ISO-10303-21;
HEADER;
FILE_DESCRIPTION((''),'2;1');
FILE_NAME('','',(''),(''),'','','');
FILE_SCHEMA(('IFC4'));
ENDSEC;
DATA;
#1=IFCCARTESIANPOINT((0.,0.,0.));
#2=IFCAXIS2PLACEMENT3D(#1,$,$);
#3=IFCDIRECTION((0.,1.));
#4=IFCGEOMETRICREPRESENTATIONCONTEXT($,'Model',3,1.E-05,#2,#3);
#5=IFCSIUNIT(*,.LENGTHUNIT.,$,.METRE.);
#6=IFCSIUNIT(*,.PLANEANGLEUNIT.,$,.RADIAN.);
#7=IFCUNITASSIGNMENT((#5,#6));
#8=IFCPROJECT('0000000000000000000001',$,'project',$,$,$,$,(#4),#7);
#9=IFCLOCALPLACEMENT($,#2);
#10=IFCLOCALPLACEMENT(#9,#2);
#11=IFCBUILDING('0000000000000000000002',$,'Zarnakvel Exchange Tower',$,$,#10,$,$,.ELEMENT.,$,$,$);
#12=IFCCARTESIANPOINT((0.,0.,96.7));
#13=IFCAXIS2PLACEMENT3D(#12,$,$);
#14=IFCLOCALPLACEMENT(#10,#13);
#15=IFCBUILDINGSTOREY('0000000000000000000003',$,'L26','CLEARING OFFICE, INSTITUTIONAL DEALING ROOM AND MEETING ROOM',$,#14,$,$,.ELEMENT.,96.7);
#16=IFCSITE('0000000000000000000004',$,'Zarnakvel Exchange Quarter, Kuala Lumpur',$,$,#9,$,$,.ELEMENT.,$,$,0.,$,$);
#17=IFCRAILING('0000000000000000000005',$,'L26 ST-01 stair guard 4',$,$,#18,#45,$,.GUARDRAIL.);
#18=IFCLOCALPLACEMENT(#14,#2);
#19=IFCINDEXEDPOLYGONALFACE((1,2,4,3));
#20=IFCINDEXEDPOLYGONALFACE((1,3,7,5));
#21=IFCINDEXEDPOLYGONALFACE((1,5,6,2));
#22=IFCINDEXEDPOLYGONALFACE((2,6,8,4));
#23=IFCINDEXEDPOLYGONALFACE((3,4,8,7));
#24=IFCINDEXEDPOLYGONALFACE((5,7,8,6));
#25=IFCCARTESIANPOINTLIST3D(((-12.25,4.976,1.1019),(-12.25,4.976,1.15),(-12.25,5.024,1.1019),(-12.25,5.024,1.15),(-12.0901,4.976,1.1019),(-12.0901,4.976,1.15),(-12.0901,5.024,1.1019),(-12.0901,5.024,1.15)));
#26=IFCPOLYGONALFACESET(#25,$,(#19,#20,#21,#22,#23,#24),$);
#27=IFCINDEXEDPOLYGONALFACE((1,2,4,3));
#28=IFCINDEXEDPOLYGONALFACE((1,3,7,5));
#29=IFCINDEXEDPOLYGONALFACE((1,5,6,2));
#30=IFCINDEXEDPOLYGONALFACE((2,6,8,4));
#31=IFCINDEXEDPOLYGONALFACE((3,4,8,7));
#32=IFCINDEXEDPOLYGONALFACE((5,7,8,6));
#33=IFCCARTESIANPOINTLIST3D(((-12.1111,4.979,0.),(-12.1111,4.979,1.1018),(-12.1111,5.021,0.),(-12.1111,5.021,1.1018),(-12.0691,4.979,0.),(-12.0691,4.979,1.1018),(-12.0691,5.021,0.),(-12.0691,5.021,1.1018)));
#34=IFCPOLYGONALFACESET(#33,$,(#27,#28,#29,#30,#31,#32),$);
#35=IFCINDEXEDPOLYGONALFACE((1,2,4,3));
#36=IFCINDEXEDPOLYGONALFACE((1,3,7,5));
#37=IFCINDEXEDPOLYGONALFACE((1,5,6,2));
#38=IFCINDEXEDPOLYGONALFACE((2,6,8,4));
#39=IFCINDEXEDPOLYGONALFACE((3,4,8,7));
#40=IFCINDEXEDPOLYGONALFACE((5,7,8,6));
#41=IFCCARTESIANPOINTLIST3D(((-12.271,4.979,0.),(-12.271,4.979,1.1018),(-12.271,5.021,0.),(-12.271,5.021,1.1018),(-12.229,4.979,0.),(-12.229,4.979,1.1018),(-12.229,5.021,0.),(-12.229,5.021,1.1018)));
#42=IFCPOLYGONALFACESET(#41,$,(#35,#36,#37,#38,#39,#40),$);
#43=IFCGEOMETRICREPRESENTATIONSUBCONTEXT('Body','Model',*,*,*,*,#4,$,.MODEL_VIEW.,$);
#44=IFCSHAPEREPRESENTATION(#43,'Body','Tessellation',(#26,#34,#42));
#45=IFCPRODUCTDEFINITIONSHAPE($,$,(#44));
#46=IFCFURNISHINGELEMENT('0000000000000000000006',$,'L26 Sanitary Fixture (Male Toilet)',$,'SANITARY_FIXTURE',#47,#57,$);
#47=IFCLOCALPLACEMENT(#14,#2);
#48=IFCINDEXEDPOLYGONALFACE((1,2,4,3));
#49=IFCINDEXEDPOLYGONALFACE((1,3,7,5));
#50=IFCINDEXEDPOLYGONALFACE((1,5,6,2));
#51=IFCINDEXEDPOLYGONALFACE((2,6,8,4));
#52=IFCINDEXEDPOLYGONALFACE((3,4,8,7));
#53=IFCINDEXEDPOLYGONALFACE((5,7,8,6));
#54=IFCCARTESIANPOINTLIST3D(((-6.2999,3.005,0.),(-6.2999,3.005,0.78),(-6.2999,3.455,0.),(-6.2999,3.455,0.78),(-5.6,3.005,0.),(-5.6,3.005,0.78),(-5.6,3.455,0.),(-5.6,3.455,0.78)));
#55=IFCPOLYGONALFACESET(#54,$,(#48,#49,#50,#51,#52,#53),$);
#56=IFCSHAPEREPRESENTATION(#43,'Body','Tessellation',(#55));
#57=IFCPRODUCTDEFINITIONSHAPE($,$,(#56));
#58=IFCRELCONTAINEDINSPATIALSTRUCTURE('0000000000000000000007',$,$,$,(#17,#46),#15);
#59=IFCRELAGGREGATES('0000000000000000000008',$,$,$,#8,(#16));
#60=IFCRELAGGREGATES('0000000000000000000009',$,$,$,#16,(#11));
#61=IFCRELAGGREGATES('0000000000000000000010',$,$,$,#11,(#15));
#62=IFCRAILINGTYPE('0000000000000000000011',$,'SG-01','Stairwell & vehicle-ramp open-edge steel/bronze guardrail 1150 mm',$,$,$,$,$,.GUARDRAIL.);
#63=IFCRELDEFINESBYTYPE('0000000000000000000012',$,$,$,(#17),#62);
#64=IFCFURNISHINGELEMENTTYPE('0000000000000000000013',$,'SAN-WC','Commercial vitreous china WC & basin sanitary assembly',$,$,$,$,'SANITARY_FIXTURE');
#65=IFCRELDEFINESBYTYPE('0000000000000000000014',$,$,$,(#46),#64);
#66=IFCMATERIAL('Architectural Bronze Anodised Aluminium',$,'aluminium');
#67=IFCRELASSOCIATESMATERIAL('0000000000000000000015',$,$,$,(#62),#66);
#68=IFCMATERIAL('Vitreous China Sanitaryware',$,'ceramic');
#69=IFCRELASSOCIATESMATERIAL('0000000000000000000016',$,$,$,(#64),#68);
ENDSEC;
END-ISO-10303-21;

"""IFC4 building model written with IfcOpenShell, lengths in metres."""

from ifc_helpers import new_model, si_unit, direction, frame, origin, origin_2d, place, context, subcontext, project, spatial, rectangle, extrude, source, transform, mapped, material, type_object, element, save


model = new_model("IFC4")

# Units and contexts
model_context = context("Model", 3, precision=1e-05, world=origin(), true_north=direction((0.0, 1.0)))
body_context = subcontext(model_context, "Body", "Model", "MODEL_VIEW")
ifc_project = project(units=[si_unit("LENGTHUNIT", "METRE"), si_unit("PLANEANGLEUNIT", "RADIAN")], contexts=[model_context])

# Site, building, storey
site_placement = place(None, origin())
site = spatial("IfcSite", under=ifc_project, at=site_placement, Name="Zarnakvel Exchange Quarter, Kuala Lumpur", CompositionType="ELEMENT", RefElevation=0.0)
building_placement = place(site_placement, origin())
building = spatial("IfcBuilding", under=site, at=building_placement, Name="Zarnakvel Exchange Tower", CompositionType="ELEMENT")
storey_placement = place(building_placement, frame((0.0, 0.0, 96.7)))
storey = spatial("IfcBuildingStorey", under=building, at=storey_placement, Name="L26", Description="CLEARING OFFICE, INSTITUTIONAL DEALING ROOM AND MEETING ROOM", CompositionType="ELEMENT", Elevation=96.7)

# Shared definitions
ifc_material_1 = material(Name="Architectural Bronze Anodised Aluminium", Category="aluminium")

# Railing
railing_type_1 = type_object("IfcRailingType", Name="SG-01", Description="Stairwell & vehicle-ramp open-edge steel/bronze guardrail 1150 mm", PredefinedType="GUARDRAIL", material=ifc_material_1)
railing_1_placement = place(storey_placement, frame((-12.0901, 5.0, 0.0)))
element("IfcRailing", 1, at=railing_1_placement, inside=storey, type_object=railing_type_1, Name="L26 ST-01 stair guard 4", PredefinedType="GUARDRAIL", context=body_context, shape_type="SweptSolid", body=[
    extrude(rectangle(XDim=0.0481, YDim=0.0481, at=origin_2d()), frame((0.0, 0.0, 1.126), z_axis=(-1.0, 0.0, 0.0), x_axis=(0.0, -1.0, 0.0)), (0.0, 0.0, 1.0), 0.1599),
    extrude(rectangle(XDim=0.042, YDim=0.042, at=origin_2d()), origin(), (0.0, 0.0, 1.0), 1.1018),
    extrude(rectangle(XDim=0.042, YDim=0.042, at=origin_2d()), frame((-0.1599, 0.0, 0.0)), (0.0, 0.0, 1.0), 1.1018),
])

# Furnishing element
ifc_material_2 = material(Name="Vitreous China Sanitaryware", Category="ceramic")
furnishing_element_type = type_object("IfcFurnishingElementType", Name="SAN-WC", Description="Commercial vitreous china WC & basin sanitary assembly", ElementType="SANITARY_FIXTURE", material=ifc_material_2)
shared_shape_1 = source(origin(), body_context, "Body", "SweptSolid", [
    extrude(rectangle(XDim=0.7, YDim=0.45, at=origin_2d()), origin(), (0.0, 0.0, 1.0), 0.78),
])
furnishing_placement = place(storey_placement, frame((-5.95, 3.23, 0.0), z_axis=(0.0, 0.0, 1.0), x_axis=(1.0, 0.0, 0.0)))
element("IfcFurnishingElement", 2, at=furnishing_placement, inside=storey, type_object=furnishing_element_type, Name="L26 Sanitary Fixture (Male Toilet)", ObjectType="SANITARY_FIXTURE", context=body_context, shape_type="MappedRepresentation", body=[
    mapped(shared_shape_1, transform((0.0, 0.0, 0.0), x_axis=(1.0, 0.0, 0.0), y_axis=(0.0, 1.0, 0.0), z_axis=(0.0, 0.0, 1.0), scale=1.0)),
])

save(model, "model.ifc")
